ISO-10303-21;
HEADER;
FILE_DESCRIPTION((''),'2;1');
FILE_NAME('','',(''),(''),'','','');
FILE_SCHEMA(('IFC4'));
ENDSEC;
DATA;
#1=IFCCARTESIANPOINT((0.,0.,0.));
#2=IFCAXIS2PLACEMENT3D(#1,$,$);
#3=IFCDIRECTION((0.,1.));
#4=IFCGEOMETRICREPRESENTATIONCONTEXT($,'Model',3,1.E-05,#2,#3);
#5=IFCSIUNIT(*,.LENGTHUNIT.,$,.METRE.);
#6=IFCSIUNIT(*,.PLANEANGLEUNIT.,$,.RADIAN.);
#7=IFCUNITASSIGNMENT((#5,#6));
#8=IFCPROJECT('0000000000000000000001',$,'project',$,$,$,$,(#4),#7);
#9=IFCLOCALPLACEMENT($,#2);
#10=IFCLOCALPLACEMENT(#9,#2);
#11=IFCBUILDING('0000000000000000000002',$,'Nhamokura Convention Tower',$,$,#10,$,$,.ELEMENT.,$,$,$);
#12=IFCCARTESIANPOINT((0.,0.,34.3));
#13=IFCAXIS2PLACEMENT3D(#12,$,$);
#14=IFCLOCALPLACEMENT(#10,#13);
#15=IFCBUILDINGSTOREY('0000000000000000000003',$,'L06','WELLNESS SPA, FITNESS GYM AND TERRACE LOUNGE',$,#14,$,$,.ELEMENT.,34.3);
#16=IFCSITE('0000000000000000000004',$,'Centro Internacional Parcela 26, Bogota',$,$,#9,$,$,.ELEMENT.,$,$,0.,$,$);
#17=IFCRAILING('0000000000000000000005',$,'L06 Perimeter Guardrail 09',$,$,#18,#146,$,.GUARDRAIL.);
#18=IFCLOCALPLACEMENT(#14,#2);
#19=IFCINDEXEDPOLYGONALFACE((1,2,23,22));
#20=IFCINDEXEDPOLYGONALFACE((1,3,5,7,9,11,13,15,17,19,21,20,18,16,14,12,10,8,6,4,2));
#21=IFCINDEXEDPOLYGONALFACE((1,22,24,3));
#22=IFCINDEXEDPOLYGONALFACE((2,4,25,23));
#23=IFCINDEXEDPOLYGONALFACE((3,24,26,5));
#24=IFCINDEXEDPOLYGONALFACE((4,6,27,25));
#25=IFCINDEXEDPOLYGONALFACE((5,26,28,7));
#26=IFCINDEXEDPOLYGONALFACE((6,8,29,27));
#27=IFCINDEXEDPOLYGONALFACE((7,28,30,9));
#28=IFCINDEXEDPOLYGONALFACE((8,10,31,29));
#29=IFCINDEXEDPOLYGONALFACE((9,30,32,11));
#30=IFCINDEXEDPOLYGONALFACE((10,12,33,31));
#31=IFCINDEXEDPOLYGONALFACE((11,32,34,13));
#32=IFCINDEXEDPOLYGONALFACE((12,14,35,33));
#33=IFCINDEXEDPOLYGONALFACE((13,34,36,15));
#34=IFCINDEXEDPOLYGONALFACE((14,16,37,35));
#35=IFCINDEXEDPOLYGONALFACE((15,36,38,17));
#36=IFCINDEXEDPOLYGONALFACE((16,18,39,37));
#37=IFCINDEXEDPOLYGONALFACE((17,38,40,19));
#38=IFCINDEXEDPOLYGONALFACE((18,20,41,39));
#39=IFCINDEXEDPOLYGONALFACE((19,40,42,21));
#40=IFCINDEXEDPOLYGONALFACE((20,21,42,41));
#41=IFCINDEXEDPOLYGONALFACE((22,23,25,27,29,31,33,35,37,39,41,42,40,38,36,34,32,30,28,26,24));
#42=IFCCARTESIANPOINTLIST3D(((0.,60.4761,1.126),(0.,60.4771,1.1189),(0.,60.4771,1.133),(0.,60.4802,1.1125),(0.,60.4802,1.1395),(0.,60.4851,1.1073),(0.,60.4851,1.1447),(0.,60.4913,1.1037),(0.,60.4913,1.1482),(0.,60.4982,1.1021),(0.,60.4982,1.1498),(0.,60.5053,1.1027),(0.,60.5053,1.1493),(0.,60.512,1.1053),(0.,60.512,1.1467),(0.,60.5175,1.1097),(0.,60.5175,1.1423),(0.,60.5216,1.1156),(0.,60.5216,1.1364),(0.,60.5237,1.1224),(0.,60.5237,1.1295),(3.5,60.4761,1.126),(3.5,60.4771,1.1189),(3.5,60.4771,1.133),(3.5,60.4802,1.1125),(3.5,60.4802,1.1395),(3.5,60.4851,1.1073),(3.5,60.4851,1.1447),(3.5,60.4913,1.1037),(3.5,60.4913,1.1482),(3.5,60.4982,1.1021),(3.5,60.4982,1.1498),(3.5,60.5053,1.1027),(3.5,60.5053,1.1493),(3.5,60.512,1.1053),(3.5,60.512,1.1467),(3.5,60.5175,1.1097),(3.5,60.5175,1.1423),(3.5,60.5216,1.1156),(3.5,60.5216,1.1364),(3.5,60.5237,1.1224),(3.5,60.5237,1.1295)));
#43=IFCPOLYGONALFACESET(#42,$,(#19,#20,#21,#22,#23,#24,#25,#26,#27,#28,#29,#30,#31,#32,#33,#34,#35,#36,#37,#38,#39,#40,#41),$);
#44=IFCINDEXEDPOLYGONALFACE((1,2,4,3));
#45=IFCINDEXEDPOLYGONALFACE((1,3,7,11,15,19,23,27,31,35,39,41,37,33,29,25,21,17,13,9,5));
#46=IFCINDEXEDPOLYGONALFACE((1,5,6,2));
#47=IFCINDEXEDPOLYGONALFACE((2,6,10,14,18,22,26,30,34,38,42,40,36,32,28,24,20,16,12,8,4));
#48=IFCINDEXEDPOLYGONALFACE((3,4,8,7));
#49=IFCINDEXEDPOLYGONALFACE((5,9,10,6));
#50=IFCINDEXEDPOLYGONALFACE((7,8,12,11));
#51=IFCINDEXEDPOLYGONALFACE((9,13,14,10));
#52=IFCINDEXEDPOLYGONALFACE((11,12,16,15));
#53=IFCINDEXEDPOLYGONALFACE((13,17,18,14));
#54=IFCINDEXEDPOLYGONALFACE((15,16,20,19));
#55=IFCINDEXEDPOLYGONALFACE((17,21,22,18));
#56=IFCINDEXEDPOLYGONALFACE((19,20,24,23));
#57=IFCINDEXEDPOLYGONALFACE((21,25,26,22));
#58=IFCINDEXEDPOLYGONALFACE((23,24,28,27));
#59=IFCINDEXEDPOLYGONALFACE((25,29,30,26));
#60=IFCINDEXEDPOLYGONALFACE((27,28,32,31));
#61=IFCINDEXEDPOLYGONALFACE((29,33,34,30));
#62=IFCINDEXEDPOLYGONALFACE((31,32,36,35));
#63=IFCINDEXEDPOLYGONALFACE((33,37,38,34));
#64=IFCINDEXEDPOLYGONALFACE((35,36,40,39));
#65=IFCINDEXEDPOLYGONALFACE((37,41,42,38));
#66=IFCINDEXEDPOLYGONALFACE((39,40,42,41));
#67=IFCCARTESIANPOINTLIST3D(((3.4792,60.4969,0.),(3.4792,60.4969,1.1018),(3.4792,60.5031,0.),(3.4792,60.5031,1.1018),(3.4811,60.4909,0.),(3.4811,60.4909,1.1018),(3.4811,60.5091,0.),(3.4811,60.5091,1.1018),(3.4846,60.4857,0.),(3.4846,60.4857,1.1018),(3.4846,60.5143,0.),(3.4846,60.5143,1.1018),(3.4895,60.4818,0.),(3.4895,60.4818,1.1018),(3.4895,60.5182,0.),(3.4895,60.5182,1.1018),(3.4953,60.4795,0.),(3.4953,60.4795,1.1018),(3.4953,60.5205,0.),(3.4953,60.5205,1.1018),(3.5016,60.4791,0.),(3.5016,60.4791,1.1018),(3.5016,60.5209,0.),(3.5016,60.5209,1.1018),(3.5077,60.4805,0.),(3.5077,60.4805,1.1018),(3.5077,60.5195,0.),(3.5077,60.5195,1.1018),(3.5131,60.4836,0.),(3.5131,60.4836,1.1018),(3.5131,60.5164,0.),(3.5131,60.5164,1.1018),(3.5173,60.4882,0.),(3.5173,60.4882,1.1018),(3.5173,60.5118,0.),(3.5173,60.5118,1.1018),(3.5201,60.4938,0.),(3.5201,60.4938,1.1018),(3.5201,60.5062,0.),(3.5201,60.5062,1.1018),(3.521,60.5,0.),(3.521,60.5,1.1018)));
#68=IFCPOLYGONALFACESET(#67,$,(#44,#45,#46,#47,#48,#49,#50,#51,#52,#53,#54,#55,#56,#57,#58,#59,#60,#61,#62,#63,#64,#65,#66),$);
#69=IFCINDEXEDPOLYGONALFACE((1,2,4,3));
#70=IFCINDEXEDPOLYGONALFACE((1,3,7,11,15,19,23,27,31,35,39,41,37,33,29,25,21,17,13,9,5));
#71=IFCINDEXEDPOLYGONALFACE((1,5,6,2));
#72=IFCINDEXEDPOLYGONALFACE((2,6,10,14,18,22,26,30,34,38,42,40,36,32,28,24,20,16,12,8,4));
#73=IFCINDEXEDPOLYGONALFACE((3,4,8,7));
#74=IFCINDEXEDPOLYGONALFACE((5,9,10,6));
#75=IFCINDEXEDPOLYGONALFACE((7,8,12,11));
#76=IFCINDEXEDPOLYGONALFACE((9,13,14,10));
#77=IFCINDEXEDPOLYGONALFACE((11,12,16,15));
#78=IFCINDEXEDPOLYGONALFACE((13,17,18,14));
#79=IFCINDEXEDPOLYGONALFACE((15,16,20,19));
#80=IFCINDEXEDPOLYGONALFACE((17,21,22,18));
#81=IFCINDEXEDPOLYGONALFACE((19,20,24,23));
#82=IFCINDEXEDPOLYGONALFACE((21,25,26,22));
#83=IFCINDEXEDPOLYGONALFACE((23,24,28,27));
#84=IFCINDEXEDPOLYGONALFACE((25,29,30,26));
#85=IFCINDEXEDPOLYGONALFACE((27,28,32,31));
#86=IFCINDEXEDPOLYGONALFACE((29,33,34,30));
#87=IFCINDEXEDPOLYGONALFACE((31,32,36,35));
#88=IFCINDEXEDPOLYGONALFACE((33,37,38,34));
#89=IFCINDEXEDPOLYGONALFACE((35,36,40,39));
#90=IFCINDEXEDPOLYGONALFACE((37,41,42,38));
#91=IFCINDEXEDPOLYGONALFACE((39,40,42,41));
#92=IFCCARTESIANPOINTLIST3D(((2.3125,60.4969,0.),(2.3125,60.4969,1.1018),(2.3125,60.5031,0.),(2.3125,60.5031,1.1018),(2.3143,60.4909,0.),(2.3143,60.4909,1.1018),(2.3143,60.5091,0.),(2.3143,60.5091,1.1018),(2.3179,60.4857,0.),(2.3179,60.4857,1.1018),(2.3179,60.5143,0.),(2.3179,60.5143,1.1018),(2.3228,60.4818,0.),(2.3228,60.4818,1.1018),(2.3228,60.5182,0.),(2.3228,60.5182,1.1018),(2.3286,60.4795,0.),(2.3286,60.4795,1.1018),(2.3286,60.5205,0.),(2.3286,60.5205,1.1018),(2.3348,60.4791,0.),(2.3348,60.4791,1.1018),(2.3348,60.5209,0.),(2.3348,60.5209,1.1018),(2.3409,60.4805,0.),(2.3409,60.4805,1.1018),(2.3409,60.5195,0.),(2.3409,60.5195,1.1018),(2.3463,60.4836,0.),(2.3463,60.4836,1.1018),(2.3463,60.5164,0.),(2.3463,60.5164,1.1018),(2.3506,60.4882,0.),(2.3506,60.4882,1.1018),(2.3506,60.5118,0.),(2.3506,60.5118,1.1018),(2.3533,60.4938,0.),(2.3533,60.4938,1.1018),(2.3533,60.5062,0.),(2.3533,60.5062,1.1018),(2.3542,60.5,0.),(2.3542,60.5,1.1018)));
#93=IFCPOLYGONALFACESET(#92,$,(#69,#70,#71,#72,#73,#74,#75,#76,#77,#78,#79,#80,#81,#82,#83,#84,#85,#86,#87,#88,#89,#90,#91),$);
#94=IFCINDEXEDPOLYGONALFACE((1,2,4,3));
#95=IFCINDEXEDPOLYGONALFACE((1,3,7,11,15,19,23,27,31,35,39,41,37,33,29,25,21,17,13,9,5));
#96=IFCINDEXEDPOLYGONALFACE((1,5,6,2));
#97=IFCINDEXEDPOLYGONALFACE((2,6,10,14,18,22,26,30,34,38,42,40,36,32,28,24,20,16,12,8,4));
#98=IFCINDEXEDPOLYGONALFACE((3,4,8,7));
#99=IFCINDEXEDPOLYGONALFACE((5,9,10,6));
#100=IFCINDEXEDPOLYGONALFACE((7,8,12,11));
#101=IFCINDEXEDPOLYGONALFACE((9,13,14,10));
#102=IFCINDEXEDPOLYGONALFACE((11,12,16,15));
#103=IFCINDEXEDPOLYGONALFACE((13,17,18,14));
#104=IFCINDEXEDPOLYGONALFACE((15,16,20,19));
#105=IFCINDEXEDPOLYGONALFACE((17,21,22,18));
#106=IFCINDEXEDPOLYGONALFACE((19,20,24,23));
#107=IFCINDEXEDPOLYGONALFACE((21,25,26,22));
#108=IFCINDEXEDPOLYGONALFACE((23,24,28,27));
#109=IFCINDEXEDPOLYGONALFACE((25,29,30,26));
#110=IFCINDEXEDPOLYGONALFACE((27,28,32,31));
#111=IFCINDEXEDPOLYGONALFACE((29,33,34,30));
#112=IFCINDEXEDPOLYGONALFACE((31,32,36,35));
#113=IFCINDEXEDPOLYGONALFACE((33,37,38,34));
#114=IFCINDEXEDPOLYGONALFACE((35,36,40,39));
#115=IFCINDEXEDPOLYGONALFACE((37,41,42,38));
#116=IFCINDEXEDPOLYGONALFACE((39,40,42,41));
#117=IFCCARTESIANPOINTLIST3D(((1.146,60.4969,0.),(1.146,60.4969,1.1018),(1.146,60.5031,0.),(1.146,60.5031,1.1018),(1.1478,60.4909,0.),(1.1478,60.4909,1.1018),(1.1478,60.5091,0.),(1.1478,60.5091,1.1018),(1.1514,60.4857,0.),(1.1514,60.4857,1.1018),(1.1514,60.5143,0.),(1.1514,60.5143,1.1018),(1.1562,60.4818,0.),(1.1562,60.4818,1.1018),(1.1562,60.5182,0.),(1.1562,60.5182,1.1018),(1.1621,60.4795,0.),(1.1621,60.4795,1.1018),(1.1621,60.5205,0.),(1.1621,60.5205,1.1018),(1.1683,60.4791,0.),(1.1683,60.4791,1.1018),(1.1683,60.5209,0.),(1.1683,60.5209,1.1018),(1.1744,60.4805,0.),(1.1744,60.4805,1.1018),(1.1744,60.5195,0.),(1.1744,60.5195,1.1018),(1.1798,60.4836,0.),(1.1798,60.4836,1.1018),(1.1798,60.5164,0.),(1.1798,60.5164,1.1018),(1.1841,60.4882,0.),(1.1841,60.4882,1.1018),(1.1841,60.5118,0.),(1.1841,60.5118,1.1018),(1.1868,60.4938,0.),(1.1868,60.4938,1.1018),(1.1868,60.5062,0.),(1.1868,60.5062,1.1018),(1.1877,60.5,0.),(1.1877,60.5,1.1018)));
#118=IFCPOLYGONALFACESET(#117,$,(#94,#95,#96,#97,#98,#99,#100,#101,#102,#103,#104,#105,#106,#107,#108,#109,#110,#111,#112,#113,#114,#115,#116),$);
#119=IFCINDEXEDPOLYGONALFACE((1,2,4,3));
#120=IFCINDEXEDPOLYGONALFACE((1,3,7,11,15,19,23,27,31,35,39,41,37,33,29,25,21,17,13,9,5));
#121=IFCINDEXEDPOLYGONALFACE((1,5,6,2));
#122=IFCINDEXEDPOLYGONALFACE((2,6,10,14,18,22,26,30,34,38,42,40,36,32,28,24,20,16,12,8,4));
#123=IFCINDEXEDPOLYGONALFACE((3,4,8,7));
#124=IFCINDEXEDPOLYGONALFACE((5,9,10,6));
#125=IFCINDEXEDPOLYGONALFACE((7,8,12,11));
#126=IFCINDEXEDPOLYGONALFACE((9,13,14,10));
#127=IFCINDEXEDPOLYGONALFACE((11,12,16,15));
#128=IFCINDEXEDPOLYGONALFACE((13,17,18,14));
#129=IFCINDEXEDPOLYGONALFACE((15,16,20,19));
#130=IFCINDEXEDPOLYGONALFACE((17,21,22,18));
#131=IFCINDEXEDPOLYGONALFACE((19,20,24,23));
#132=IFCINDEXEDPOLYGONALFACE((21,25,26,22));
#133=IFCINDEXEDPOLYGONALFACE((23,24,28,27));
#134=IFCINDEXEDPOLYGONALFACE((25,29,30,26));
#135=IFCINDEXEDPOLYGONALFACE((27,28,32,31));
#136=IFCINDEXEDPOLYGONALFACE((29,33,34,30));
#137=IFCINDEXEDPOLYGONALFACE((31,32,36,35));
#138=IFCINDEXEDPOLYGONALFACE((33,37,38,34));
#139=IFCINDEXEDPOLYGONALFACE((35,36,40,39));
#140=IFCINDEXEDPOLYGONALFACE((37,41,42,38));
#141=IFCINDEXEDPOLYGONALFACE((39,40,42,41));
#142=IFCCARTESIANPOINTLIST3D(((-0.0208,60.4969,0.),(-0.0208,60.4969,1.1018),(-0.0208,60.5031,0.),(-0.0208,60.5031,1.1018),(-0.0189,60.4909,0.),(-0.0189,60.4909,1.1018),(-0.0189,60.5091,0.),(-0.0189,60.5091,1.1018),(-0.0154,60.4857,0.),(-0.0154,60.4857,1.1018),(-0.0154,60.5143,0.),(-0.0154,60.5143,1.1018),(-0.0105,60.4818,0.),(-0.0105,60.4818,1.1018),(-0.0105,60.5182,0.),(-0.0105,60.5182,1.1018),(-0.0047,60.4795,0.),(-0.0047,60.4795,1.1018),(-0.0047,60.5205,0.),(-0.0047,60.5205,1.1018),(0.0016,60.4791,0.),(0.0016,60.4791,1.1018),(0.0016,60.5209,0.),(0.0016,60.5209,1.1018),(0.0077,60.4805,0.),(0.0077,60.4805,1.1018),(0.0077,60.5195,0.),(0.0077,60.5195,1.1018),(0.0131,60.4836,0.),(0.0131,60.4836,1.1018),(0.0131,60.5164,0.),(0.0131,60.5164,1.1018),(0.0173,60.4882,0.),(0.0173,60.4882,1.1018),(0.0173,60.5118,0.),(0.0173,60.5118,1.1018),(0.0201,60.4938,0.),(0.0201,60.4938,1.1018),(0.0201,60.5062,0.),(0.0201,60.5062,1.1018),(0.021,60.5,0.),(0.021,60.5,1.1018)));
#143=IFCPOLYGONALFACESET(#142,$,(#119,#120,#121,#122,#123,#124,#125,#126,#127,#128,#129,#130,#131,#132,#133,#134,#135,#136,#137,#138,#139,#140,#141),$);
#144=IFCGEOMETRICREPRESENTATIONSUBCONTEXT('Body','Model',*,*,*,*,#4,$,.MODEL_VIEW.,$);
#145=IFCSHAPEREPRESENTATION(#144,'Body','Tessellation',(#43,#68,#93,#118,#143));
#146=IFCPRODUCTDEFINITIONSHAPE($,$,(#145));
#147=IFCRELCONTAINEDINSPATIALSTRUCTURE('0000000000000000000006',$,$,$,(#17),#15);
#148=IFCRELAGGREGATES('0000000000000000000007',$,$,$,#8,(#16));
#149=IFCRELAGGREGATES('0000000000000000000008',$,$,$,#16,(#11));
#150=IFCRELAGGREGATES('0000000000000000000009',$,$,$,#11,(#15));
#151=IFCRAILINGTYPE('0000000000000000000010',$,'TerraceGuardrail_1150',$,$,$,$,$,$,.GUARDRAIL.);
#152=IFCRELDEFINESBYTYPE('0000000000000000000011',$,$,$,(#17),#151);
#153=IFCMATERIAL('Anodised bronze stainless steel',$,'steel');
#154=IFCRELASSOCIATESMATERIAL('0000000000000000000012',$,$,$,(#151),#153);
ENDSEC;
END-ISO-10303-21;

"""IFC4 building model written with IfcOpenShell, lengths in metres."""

from ifc_helpers import new_model, si_unit, direction, frame, origin, origin_2d, place, context, subcontext, project, spatial, circle, extrude, material, type_object, element, save


model = new_model("IFC4")

# Units and contexts
model_context = context("Model", 3, precision=1e-05, world=origin(), true_north=direction((0.0, 1.0)))
body_context = subcontext(model_context, "Body", "Model", "MODEL_VIEW")
ifc_project = project(units=[si_unit("LENGTHUNIT", "METRE"), si_unit("PLANEANGLEUNIT", "RADIAN")], contexts=[model_context])

# Site, building, storey
site_placement = place(None, origin())
site = spatial("IfcSite", under=ifc_project, at=site_placement, Name="Centro Internacional Parcela 26, Bogota", CompositionType="ELEMENT", RefElevation=0.0)
building_placement = place(site_placement, origin())
building = spatial("IfcBuilding", under=site, at=building_placement, Name="Nhamokura Convention Tower", CompositionType="ELEMENT")
storey_placement = place(building_placement, frame((0.0, 0.0, 34.3)))
storey = spatial("IfcBuildingStorey", under=building, at=storey_placement, Name="L06", Description="WELLNESS SPA, FITNESS GYM AND TERRACE LOUNGE", CompositionType="ELEMENT", Elevation=34.3)

# Railing
ifc_material_1 = material(Name="Anodised bronze stainless steel", Category="steel")
railing_type = type_object("IfcRailingType", Name="TerraceGuardrail_1150", PredefinedType="GUARDRAIL", material=ifc_material_1)
railing_1_placement = place(storey_placement, frame((3.5, 60.5, 0.0)))
element("IfcRailing", 1, at=railing_1_placement, inside=storey, type_object=railing_type, Name="L06 Perimeter Guardrail 09", PredefinedType="GUARDRAIL", context=body_context, shape_type="SweptSolid", body=[
    extrude(circle(Radius=0.0239, at=origin_2d()), frame((0.0, 0.0, 1.126), z_axis=(-1.0, 0.0, 0.0), x_axis=(0.0, -1.0, 0.0)), (0.0, 0.0, 1.0), 3.5),
    extrude(circle(Radius=0.021, at=origin_2d()), origin(), (0.0, 0.0, 1.0), 1.1018),
    extrude(circle(Radius=0.021, at=origin_2d()), frame((-1.1667, 0.0, 0.0)), (0.0, 0.0, 1.0), 1.1018),
    extrude(circle(Radius=0.021, at=origin_2d()), frame((-2.3333, 0.0, 0.0)), (0.0, 0.0, 1.0), 1.1018),
    extrude(circle(Radius=0.021, at=origin_2d()), frame((-3.5, 0.0, 0.0)), (0.0, 0.0, 1.0), 1.1018),
])

save(model, "model.ifc")
